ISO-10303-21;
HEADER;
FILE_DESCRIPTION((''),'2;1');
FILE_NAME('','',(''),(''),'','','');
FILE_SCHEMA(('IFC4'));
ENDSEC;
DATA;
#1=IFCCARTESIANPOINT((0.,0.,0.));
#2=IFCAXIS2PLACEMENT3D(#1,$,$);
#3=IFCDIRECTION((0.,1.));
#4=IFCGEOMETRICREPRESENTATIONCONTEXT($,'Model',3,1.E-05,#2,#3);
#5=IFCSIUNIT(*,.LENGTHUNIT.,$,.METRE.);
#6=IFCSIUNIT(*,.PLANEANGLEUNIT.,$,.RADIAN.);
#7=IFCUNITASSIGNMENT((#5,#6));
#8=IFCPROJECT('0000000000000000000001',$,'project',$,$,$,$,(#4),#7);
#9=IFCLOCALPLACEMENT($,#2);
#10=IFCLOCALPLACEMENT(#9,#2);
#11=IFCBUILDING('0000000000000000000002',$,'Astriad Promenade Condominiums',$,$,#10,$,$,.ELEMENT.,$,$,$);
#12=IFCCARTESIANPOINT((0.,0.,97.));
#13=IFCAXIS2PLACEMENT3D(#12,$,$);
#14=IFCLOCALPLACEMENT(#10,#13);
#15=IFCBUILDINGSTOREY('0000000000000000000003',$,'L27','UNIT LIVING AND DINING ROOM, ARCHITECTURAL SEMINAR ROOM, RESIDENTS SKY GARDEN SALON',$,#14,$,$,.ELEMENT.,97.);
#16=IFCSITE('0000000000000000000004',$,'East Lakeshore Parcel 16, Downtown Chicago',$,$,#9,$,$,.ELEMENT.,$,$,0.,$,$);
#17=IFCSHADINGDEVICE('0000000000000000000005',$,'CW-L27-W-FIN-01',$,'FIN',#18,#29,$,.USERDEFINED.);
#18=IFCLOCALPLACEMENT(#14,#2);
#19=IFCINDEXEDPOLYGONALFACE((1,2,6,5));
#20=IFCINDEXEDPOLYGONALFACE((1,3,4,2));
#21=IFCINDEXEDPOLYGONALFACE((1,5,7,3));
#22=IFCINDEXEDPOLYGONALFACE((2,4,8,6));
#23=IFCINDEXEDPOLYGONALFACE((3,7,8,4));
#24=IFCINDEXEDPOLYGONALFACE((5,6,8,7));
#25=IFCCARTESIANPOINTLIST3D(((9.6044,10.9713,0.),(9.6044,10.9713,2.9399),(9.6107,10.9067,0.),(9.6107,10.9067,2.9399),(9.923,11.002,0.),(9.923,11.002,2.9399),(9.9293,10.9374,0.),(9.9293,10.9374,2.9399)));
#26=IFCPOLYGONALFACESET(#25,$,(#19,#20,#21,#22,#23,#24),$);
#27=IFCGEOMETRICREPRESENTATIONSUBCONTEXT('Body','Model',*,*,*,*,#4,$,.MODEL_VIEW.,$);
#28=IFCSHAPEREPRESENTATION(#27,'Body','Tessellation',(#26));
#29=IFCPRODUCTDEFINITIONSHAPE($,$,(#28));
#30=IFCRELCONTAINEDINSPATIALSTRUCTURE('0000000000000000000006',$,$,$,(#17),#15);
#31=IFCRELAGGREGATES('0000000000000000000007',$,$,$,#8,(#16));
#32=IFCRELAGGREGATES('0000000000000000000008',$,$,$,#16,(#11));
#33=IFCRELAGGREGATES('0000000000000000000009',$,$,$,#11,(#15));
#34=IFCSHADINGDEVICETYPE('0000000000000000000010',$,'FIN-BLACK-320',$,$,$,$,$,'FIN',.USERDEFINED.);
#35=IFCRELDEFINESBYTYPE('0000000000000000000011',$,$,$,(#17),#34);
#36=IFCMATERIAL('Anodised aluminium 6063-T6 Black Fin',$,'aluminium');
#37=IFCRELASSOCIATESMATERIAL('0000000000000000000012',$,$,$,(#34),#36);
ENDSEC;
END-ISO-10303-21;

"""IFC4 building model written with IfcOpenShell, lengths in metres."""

from ifc_helpers import new_model, si_unit, direction, frame, origin, origin_2d, place, context, subcontext, project, spatial, rectangle, extrude, source, transform, mapped, material, type_object, type_shapes, element, save


model = new_model("IFC4")

# Units and contexts
model_context = context("Model", 3, precision=1e-05, world=origin(), true_north=direction((0.0, 1.0)))
body_context = subcontext(model_context, "Body", "Model", "MODEL_VIEW")
ifc_project = project(units=[si_unit("LENGTHUNIT", "METRE"), si_unit("PLANEANGLEUNIT", "RADIAN")], contexts=[model_context])

# Site, building, storey
site_placement = place(None, origin())
site = spatial("IfcSite", under=ifc_project, at=site_placement, Name="East Lakeshore Parcel 16, Downtown Chicago", CompositionType="ELEMENT", RefElevation=0.0)
building_placement = place(site_placement, origin())
building = spatial("IfcBuilding", under=site, at=building_placement, Name="Astriad Promenade Condominiums", CompositionType="ELEMENT")
storey_placement = place(building_placement, frame((0.0, 0.0, 97.0)))
storey = spatial("IfcBuildingStorey", under=building, at=storey_placement, Name="L27", Description="UNIT LIVING AND DINING ROOM, ARCHITECTURAL SEMINAR ROOM, RESIDENTS SKY GARDEN SALON", CompositionType="ELEMENT", Elevation=97.0)

# Shading device
ifc_material_1 = material(Name="Anodised aluminium 6063-T6 Black Fin", Category="aluminium")
shading_device_type = type_object("IfcShadingDeviceType", Name="FIN-BLACK-320", ElementType="FIN", PredefinedType="USERDEFINED", material=ifc_material_1)
shared_shape_1 = source(origin(), body_context, "Body", "SweptSolid", [
    extrude(rectangle(XDim=0.0649, YDim=0.3201, at=origin_2d()), origin(), (0.0, 0.0, 1.0), 2.9399),
])
type_shapes(shading_device_type, [shared_shape_1])
shading_device_placement = place(storey_placement, frame((9.7668, 10.9543, 0.0), z_axis=(0.0, 0.0, 1.0), x_axis=(-0.095846, 0.995396, 0.0)))
element("IfcShadingDevice", 1, at=shading_device_placement, inside=storey, type_object=shading_device_type, Name="CW-L27-W-FIN-01", ObjectType="FIN", PredefinedType="USERDEFINED", context=body_context, shape_type="MappedRepresentation", body=[
    mapped(shared_shape_1, transform((0.0, 0.0, 0.0), scale=1.0)),
])

save(model, "model.ifc")
